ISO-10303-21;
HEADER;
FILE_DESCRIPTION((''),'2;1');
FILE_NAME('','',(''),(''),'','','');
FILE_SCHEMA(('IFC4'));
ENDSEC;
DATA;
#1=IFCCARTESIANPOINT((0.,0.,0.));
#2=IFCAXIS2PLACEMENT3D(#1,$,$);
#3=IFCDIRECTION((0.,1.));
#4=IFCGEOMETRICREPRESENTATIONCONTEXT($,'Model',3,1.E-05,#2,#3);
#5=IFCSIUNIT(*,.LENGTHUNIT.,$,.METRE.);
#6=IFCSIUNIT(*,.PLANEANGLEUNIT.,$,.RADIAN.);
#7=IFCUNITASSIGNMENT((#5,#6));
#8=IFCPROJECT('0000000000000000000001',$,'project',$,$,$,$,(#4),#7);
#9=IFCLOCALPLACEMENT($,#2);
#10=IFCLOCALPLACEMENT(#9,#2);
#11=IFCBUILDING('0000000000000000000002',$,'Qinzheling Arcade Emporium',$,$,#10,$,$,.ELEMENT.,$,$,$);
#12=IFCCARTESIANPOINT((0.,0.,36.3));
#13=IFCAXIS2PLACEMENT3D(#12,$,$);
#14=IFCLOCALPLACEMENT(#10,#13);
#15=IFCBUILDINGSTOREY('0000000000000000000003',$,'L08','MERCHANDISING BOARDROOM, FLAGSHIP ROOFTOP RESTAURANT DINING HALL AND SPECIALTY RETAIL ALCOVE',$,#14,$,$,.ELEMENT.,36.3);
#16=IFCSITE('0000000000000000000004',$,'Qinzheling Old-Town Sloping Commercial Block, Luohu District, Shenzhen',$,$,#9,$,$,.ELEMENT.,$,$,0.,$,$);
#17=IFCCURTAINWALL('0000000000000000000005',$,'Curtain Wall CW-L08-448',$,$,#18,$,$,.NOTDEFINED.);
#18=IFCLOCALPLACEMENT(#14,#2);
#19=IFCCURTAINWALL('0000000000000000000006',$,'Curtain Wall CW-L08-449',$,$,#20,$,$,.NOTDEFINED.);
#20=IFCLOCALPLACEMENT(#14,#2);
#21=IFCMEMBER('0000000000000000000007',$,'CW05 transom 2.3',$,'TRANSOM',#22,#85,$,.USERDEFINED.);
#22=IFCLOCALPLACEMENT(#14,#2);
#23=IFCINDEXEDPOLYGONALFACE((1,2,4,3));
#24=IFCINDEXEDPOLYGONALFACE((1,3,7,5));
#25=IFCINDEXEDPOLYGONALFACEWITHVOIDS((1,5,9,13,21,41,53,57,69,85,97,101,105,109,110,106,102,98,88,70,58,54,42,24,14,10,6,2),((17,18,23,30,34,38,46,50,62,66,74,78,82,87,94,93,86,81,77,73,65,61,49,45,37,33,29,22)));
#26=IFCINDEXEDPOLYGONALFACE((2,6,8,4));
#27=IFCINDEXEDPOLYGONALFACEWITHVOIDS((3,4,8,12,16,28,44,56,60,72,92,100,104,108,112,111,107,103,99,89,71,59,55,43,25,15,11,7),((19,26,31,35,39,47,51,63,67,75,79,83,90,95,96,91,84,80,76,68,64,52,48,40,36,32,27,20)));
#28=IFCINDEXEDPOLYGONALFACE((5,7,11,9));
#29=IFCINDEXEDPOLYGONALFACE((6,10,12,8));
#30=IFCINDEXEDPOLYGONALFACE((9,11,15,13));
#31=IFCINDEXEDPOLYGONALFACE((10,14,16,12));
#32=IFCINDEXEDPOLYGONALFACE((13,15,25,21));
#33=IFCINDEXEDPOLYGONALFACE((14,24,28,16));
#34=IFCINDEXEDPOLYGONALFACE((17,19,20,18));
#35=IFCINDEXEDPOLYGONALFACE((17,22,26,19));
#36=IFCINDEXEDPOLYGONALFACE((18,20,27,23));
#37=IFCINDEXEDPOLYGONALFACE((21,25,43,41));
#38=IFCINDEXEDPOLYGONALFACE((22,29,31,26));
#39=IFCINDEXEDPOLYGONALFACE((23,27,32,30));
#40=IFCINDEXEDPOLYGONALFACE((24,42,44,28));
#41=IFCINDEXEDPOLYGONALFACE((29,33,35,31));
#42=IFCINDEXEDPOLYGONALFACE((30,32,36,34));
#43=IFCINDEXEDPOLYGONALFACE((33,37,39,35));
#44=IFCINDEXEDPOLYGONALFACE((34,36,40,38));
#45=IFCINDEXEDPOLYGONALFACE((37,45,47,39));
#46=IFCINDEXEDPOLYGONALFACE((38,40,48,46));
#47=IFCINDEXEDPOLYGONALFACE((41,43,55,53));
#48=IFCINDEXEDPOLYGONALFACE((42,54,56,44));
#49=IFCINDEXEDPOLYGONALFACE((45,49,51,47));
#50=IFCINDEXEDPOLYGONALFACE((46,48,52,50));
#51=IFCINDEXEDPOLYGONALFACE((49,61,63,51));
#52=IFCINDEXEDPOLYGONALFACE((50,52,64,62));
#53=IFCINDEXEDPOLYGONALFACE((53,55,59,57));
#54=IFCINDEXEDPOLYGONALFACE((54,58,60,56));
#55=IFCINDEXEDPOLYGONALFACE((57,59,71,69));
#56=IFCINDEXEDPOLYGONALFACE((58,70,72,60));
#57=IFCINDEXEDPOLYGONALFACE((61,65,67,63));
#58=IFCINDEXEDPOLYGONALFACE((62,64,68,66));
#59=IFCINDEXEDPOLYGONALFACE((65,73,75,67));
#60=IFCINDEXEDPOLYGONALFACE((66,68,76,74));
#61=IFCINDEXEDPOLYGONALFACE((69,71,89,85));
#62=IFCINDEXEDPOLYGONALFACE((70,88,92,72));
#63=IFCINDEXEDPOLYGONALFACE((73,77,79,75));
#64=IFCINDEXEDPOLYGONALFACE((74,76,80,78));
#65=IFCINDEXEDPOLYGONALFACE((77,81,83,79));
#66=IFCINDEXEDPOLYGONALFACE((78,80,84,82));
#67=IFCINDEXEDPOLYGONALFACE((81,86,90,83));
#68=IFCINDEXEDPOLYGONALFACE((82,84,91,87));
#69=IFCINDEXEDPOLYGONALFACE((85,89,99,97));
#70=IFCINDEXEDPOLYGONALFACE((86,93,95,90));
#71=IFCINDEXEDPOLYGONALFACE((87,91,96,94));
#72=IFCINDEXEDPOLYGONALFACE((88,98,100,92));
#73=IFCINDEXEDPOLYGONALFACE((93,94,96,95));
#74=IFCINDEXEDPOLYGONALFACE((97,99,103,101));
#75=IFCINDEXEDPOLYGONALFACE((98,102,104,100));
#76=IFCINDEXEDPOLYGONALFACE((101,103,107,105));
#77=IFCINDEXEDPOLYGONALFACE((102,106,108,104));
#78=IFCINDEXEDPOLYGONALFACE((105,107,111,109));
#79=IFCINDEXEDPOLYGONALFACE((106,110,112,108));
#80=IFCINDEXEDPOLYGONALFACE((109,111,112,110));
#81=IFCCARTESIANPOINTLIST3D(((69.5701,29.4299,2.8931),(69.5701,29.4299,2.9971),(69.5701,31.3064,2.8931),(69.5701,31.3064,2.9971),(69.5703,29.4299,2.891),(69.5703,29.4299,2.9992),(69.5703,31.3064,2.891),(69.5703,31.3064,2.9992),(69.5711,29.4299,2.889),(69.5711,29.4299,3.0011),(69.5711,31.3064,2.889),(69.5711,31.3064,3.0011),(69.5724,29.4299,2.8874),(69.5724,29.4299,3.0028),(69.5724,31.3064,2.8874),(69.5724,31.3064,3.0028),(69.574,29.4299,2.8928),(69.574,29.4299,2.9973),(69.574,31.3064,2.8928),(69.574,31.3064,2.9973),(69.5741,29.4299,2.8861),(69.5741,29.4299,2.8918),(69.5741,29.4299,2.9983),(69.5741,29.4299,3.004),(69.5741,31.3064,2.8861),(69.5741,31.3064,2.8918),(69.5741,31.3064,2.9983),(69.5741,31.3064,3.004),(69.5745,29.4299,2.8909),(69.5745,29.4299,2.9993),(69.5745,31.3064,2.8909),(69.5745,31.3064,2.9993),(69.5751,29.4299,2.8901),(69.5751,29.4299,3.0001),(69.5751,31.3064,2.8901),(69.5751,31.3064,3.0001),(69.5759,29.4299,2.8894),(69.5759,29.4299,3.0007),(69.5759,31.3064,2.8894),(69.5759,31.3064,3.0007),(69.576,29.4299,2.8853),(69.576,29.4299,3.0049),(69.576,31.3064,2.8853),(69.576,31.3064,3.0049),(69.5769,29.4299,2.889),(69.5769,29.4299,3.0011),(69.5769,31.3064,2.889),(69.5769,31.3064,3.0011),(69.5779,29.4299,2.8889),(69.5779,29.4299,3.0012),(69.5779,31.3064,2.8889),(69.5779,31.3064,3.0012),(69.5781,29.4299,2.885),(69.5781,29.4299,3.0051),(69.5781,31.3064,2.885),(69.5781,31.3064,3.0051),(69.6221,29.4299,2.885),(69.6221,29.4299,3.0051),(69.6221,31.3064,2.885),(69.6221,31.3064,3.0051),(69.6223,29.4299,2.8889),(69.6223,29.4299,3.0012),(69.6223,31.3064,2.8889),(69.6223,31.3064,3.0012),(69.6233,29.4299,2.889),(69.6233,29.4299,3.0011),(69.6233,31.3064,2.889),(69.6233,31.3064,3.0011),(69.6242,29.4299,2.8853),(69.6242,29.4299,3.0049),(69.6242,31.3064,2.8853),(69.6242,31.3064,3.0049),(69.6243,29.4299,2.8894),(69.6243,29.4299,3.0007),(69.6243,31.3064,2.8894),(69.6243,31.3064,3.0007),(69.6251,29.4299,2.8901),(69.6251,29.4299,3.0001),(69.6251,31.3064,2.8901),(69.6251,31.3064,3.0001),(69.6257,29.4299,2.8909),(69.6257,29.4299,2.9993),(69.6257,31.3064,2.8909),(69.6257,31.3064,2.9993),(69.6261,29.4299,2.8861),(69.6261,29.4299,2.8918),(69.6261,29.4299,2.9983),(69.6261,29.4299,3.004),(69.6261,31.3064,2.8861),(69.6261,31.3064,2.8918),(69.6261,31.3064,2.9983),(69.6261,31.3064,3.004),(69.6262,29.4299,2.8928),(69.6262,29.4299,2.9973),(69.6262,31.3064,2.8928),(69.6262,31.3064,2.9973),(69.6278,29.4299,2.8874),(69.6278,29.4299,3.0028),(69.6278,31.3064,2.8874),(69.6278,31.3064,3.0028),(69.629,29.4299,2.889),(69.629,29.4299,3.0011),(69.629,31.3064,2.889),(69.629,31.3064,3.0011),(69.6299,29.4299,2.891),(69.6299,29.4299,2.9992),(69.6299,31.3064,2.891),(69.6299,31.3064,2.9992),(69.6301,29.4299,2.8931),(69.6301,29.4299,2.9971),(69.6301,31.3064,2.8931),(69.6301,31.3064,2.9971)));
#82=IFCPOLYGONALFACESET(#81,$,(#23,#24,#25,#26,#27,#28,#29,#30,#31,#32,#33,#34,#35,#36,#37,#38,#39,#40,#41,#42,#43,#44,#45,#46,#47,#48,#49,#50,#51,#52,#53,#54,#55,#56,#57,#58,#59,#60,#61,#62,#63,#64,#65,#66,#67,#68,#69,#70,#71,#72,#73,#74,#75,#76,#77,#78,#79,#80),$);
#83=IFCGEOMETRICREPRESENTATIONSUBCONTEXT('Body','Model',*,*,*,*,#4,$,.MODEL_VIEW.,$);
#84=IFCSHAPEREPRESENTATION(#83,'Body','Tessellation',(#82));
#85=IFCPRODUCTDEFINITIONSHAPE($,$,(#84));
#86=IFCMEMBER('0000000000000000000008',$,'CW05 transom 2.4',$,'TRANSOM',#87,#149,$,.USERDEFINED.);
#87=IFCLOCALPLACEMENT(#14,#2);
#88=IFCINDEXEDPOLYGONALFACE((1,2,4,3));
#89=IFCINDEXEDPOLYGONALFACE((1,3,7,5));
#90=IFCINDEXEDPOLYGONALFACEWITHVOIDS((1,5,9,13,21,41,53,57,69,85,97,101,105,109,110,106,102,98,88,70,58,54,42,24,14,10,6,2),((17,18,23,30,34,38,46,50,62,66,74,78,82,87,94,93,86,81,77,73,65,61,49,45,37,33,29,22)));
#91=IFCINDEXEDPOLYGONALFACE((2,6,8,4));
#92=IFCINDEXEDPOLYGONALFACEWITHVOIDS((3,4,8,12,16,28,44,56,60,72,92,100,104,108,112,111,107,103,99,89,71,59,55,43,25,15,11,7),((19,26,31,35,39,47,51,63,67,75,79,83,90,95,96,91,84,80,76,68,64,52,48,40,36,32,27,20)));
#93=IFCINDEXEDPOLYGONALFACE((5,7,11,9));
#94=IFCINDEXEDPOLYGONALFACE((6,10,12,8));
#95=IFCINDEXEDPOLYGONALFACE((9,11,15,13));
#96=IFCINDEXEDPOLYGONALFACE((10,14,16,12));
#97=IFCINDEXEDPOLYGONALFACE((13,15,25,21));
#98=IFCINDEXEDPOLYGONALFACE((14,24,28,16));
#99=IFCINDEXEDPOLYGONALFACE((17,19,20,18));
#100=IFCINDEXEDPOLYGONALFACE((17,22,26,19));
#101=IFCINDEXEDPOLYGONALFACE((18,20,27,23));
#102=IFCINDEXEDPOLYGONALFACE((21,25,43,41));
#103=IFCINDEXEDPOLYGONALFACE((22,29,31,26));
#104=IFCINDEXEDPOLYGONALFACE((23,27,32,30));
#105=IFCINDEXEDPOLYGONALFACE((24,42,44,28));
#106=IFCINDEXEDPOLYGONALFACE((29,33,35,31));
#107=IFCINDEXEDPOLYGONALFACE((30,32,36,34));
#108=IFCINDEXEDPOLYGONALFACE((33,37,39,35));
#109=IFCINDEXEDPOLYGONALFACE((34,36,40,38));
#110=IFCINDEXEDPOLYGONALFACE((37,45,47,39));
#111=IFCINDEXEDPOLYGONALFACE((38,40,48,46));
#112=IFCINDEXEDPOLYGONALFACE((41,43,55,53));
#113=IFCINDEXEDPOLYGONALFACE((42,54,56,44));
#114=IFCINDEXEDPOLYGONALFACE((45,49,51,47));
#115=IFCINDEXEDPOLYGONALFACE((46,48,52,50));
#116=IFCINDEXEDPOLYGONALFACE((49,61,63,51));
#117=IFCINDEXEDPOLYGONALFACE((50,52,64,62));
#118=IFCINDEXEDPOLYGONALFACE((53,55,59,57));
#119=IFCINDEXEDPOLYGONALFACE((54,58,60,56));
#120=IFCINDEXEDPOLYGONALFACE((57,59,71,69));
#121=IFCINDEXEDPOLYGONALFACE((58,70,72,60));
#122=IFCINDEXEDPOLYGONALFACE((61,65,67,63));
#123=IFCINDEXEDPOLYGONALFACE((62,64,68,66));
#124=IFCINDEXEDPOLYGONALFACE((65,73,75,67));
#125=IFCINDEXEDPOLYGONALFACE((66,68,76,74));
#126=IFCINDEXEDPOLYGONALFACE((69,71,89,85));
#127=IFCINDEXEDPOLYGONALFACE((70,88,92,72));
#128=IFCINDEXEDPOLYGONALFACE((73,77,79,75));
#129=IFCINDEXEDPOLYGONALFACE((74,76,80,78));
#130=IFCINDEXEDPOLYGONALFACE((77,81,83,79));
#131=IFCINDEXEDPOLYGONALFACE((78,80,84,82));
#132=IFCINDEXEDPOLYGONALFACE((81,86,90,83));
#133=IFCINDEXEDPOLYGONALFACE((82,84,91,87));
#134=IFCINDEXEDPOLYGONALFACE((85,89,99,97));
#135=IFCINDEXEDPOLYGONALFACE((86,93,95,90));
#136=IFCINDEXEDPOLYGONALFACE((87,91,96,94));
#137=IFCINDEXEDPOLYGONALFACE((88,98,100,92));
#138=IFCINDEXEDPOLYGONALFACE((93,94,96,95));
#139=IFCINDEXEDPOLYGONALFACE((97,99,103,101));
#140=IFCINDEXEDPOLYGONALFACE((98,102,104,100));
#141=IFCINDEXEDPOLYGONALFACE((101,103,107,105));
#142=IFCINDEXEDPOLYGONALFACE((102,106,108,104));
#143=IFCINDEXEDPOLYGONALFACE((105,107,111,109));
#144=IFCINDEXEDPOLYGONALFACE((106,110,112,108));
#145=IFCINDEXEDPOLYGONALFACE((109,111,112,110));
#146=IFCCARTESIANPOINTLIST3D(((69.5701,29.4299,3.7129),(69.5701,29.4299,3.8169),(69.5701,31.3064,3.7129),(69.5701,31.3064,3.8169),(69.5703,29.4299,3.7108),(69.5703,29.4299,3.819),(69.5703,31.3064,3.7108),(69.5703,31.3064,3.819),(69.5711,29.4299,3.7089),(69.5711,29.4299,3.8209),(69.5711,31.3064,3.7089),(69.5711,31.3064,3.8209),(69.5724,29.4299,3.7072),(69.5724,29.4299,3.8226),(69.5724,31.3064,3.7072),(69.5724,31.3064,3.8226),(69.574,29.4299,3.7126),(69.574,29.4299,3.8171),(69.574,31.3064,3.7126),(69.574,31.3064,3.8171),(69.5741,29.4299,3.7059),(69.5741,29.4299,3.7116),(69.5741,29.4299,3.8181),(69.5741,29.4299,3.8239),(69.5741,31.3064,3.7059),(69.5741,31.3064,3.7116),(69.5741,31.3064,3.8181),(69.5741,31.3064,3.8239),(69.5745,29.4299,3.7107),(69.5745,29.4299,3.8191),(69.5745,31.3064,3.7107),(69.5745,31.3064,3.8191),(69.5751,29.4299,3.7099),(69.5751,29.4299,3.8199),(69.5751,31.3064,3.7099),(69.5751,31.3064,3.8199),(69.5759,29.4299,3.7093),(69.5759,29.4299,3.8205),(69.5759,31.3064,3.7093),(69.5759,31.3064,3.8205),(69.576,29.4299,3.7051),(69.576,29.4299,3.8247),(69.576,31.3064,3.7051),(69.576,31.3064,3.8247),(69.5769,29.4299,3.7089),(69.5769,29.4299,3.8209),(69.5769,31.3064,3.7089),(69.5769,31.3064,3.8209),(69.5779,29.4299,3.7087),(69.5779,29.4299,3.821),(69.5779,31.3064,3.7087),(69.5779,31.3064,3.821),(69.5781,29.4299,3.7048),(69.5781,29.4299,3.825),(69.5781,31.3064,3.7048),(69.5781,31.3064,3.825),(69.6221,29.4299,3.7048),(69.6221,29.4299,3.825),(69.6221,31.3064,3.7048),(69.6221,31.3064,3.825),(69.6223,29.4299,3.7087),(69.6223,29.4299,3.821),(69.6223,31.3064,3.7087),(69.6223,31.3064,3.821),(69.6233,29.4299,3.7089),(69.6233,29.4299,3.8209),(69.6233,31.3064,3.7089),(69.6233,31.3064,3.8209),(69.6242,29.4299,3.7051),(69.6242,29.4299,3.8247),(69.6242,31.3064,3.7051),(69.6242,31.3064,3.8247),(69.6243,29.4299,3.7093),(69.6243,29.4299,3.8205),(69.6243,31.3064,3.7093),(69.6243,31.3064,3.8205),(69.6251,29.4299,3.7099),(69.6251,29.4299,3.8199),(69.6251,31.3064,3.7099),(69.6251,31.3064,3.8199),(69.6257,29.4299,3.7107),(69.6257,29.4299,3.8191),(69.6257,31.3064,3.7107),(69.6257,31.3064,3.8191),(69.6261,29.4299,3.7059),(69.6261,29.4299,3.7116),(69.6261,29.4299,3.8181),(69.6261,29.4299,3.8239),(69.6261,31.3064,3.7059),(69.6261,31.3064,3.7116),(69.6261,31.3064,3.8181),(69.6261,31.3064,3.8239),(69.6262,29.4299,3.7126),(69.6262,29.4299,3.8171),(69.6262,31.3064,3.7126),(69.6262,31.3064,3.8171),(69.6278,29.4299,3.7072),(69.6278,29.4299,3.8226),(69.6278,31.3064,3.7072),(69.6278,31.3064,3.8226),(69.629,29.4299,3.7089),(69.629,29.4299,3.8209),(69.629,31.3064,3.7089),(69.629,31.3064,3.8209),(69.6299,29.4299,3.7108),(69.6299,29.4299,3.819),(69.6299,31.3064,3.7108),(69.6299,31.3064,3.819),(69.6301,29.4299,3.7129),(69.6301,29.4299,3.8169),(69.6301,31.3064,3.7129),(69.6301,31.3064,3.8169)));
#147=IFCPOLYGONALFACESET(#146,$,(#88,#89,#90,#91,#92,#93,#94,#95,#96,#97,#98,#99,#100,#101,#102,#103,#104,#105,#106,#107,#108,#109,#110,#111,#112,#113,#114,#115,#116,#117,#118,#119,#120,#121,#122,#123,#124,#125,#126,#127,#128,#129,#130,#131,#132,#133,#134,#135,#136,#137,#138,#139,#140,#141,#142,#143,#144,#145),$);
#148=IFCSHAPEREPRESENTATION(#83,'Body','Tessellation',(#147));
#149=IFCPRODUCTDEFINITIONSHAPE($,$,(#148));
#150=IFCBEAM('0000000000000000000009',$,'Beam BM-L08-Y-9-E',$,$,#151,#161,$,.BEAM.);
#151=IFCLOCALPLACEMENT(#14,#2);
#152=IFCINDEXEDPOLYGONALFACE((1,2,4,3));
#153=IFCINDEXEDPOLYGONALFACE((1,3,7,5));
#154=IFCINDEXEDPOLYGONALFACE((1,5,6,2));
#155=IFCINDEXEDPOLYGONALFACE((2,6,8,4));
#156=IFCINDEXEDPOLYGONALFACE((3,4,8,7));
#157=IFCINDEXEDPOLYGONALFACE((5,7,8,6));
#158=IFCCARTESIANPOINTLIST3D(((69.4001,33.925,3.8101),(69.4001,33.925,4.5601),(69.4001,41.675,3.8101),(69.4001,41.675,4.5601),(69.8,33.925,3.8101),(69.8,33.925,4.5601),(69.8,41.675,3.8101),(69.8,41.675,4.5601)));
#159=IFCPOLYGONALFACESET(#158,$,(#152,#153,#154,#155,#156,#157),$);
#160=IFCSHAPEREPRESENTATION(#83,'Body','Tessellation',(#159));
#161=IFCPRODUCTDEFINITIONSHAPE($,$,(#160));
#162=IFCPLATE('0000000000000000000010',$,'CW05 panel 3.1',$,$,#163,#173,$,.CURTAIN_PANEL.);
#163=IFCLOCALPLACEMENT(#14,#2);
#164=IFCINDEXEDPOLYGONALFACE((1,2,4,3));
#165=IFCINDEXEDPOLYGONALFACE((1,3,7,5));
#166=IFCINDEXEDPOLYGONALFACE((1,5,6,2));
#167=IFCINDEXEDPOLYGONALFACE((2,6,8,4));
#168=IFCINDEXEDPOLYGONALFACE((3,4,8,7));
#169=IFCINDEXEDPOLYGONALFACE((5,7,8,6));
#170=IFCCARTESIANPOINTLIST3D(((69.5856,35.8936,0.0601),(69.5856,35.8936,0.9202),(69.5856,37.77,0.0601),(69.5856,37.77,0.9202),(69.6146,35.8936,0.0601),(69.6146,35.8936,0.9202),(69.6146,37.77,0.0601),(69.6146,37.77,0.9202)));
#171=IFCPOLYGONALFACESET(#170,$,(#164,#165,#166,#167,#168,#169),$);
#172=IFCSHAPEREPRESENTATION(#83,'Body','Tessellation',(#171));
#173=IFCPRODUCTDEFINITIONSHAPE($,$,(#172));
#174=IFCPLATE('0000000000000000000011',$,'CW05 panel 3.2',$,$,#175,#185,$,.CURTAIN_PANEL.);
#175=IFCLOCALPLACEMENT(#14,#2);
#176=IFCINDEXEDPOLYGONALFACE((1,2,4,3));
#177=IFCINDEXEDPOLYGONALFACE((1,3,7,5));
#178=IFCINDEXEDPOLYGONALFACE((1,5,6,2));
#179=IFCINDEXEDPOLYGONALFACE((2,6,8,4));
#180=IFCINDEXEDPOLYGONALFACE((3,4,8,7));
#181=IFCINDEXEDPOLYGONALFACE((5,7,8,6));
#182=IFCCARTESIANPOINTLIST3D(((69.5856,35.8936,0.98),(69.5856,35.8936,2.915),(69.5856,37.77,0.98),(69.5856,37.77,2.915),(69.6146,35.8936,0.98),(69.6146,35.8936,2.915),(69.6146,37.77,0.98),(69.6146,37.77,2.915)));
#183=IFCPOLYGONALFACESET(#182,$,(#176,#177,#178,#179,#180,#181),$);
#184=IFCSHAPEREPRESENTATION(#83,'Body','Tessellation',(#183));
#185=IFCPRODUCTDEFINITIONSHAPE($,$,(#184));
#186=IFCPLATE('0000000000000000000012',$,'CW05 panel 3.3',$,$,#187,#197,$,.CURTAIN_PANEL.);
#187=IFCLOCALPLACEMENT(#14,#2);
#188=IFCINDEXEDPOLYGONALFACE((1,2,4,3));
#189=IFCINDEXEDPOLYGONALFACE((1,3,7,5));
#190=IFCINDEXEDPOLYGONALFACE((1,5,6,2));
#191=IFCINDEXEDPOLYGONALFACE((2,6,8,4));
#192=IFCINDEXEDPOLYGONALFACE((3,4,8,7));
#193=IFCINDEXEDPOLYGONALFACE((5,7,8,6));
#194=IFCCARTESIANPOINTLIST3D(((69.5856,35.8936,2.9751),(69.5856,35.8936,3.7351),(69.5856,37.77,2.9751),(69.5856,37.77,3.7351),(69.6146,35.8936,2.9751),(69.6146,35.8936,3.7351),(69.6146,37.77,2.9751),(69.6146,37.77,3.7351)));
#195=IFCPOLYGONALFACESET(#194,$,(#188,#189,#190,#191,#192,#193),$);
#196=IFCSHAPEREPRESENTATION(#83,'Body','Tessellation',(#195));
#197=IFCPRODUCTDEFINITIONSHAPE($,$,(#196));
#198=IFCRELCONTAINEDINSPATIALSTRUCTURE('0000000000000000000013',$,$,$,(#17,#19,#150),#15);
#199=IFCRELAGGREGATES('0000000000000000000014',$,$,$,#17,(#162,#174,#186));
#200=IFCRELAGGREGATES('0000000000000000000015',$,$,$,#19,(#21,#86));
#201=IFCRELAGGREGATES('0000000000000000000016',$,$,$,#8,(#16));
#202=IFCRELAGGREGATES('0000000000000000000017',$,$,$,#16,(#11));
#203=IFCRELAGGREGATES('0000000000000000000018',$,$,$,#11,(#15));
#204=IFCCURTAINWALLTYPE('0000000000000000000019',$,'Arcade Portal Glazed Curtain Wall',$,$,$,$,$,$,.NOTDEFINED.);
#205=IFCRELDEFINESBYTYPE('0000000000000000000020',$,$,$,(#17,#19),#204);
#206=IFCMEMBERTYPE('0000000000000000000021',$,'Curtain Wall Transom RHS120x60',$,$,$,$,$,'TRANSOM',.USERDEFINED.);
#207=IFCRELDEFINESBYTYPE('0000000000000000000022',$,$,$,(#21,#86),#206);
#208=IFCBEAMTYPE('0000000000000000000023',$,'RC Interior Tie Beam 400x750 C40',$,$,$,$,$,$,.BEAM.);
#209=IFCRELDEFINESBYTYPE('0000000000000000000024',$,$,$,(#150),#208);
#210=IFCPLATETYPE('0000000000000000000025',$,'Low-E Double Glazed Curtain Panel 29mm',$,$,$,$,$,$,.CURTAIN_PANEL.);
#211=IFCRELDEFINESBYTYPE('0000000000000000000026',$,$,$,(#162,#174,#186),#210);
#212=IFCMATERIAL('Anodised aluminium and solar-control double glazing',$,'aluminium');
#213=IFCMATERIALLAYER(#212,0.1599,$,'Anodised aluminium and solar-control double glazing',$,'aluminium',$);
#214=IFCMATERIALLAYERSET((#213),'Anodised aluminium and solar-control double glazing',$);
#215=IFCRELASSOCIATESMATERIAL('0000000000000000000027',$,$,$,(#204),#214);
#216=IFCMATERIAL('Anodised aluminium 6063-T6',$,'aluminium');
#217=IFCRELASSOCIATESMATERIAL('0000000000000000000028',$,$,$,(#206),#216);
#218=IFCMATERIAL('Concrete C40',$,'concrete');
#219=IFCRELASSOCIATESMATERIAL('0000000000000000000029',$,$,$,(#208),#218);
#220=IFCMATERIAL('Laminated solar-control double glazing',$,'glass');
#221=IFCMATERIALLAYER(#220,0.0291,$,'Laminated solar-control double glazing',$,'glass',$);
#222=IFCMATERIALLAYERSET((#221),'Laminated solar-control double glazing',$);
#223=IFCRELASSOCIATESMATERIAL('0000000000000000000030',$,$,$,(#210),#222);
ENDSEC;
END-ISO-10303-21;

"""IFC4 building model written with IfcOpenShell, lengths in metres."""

from ifc_helpers import new_model, si_unit, direction, frame, origin, origin_2d, place, context, subcontext, project, spatial, rectangle, hollow_rectangle, extrude, material, layer, layer_set, material_profile, profile_set, type_object, element, aggregate, save


model = new_model("IFC4")

# Units and contexts
model_context = context("Model", 3, precision=1e-05, world=origin(), true_north=direction((0.0, 1.0)))
body_context = subcontext(model_context, "Body", "Model", "MODEL_VIEW")
ifc_project = project(units=[si_unit("LENGTHUNIT", "METRE"), si_unit("PLANEANGLEUNIT", "RADIAN")], contexts=[model_context])

# Site, building, storey
site_placement = place(None, origin())
site = spatial("IfcSite", under=ifc_project, at=site_placement, Name="Qinzheling Old-Town Sloping Commercial Block, Luohu District, Shenzhen", CompositionType="ELEMENT", RefElevation=0.0)
building_placement = place(site_placement, origin())
building = spatial("IfcBuilding", under=site, at=building_placement, Name="Qinzheling Arcade Emporium", CompositionType="ELEMENT")
storey_placement = place(building_placement, frame((0.0, 0.0, 36.3)))
storey = spatial("IfcBuildingStorey", under=building, at=storey_placement, Name="L08", Description="MERCHANDISING BOARDROOM, FLAGSHIP ROOFTOP RESTAURANT DINING HALL AND SPECIALTY RETAIL ALCOVE", CompositionType="ELEMENT", Elevation=36.3)

# Shared definitions
ifc_material_1 = material(Name="Concrete C40", Category="concrete")

# Curtain walls
ifc_material_2 = material(Name="Anodised aluminium and solar-control double glazing", Category="aluminium")
ifc_layer_1 = layer(ifc_material_2, 0.1599, Name="Anodised aluminium and solar-control double glazing", Category="aluminium")
ifc_layer_set_1 = layer_set([ifc_layer_1], Name="Anodised aluminium and solar-control double glazing")
curtain_wall_type = type_object("IfcCurtainWallType", Name="Arcade Portal Glazed Curtain Wall", PredefinedType="NOTDEFINED", material=ifc_layer_set_1)
curtain_wall_1_placement = place(storey_placement, origin())
curtain_wall_1 = element("IfcCurtainWall", 1, at=curtain_wall_1_placement, inside=storey, type_object=curtain_wall_type, Name="Curtain Wall CW-L08-448", PredefinedType="NOTDEFINED")
ifc_material_3 = material(Name="Anodised aluminium 6063-T6", Category="aluminium")
curtain_wall_2_placement = place(storey_placement, origin())
curtain_wall_2 = element("IfcCurtainWall", 2, at=curtain_wall_2_placement, inside=storey, type_object=curtain_wall_type, Name="Curtain Wall CW-L08-449", PredefinedType="NOTDEFINED")

# Members
ifc_material_profile_1 = material_profile(ifc_material_3, hollow_rectangle(XDim=0.0601, YDim=0.1201, WallThickness=0.0039, InnerFilletRadius=0.0039, OuterFilletRadius=0.0081, at=origin_2d()), Name="RHS 120x60x4", Category="aluminium")
ifc_profile_set_1 = profile_set([ifc_material_profile_1], Name="Anodised aluminium 6063-T6")
member_type_1 = type_object("IfcMemberType", Name="Curtain Wall Transom RHS120x60", ElementType="TRANSOM", PredefinedType="USERDEFINED", material=ifc_profile_set_1)
member_1_placement = place(storey_placement, frame((69.6001, 31.3064, 2.9451), z_axis=(0.0, -1.0, 0.0), x_axis=(1.0, 0.0, 0.0)))
member_1 = element("IfcMember", 3, at=member_1_placement, type_object=member_type_1, Name="CW05 transom 2.3", ObjectType="TRANSOM", PredefinedType="USERDEFINED", context=body_context, shape_type="SweptSolid", body=[
    extrude(hollow_rectangle(XDim=0.0601, YDim=0.1201, WallThickness=0.0039, InnerFilletRadius=0.0039, OuterFilletRadius=0.0081, at=origin_2d()), origin(), (0.0, 0.0, 1.0), 1.8765),
])
member_2_placement = place(storey_placement, frame((69.6001, 31.3064, 3.7649), z_axis=(0.0, -1.0, 0.0), x_axis=(1.0, 0.0, 0.0)))
member_2 = element("IfcMember", 4, at=member_2_placement, type_object=member_type_1, Name="CW05 transom 2.4", ObjectType="TRANSOM", PredefinedType="USERDEFINED", context=body_context, shape_type="SweptSolid", body=[
    extrude(hollow_rectangle(XDim=0.0601, YDim=0.1201, WallThickness=0.0039, InnerFilletRadius=0.0039, OuterFilletRadius=0.0081, at=origin_2d()), origin(), (0.0, 0.0, 1.0), 1.8765),
])

# Beam
ifc_material_profile_2 = material_profile(ifc_material_1, rectangle(XDim=0.3999, YDim=0.75, at=origin_2d()), Name="RC 400x750", Category="concrete")
ifc_profile_set_2 = profile_set([ifc_material_profile_2], Name="Concrete C40")
beam_type = type_object("IfcBeamType", Name="RC Interior Tie Beam 400x750 C40", PredefinedType="BEAM", material=ifc_profile_set_2)
beam_placement = place(storey_placement, frame((69.6001, 33.925, 4.1851), z_axis=(0.0, 1.0, 0.0), x_axis=(-1.0, 0.0, 0.0)))
element("IfcBeam", 5, at=beam_placement, inside=storey, type_object=beam_type, Name="Beam BM-L08-Y-9-E", PredefinedType="BEAM", context=body_context, shape_type="SweptSolid", body=[
    extrude(rectangle(XDim=0.3999, YDim=0.75, at=origin_2d()), origin(), (0.0, 0.0, 1.0), 7.75),
])

# Plates
ifc_material_4 = material(Name="Laminated solar-control double glazing", Category="glass")
ifc_layer_2 = layer(ifc_material_4, 0.0291, Name="Laminated solar-control double glazing", Category="glass")
ifc_layer_set_2 = layer_set([ifc_layer_2], Name="Laminated solar-control double glazing")
plate_type_1 = type_object("IfcPlateType", Name="Low-E Double Glazed Curtain Panel 29mm", PredefinedType="CURTAIN_PANEL", material=ifc_layer_set_2)
plate_1_placement = place(storey_placement, frame((69.6001, 36.8318, 0.0601), z_axis=(0.0, 0.0, 1.0), x_axis=(0.0, -1.0, 0.0)))
plate_1 = element("IfcPlate", 6, at=plate_1_placement, type_object=plate_type_1, Name="CW05 panel 3.1", PredefinedType="CURTAIN_PANEL", context=body_context, shape_type="SweptSolid", body=[
    extrude(rectangle(XDim=1.8765, YDim=0.0291, at=origin_2d()), origin(), (0.0, 0.0, 1.0), 0.8601),
])
plate_2_placement = place(storey_placement, frame((69.6001, 36.8318, 0.98), z_axis=(0.0, 0.0, 1.0), x_axis=(0.0, -1.0, 0.0)))
plate_2 = element("IfcPlate", 7, at=plate_2_placement, type_object=plate_type_1, Name="CW05 panel 3.2", PredefinedType="CURTAIN_PANEL", context=body_context, shape_type="SweptSolid", body=[
    extrude(rectangle(XDim=1.8765, YDim=0.0291, at=origin_2d()), origin(), (0.0, 0.0, 1.0), 1.9351),
])
plate_3_placement = place(storey_placement, frame((69.6001, 36.8318, 2.9751), z_axis=(0.0, 0.0, 1.0), x_axis=(0.0, -1.0, 0.0)))
plate_3 = element("IfcPlate", 8, at=plate_3_placement, type_object=plate_type_1, Name="CW05 panel 3.3", PredefinedType="CURTAIN_PANEL", context=body_context, shape_type="SweptSolid", body=[
    extrude(rectangle(XDim=1.8765, YDim=0.0291, at=origin_2d()), origin(), (0.0, 0.0, 1.0), 0.76),
])
aggregate(curtain_wall_1, [plate_1, plate_2, plate_3])
aggregate(curtain_wall_2, [member_1, member_2])

save(model, "model.ifc")
